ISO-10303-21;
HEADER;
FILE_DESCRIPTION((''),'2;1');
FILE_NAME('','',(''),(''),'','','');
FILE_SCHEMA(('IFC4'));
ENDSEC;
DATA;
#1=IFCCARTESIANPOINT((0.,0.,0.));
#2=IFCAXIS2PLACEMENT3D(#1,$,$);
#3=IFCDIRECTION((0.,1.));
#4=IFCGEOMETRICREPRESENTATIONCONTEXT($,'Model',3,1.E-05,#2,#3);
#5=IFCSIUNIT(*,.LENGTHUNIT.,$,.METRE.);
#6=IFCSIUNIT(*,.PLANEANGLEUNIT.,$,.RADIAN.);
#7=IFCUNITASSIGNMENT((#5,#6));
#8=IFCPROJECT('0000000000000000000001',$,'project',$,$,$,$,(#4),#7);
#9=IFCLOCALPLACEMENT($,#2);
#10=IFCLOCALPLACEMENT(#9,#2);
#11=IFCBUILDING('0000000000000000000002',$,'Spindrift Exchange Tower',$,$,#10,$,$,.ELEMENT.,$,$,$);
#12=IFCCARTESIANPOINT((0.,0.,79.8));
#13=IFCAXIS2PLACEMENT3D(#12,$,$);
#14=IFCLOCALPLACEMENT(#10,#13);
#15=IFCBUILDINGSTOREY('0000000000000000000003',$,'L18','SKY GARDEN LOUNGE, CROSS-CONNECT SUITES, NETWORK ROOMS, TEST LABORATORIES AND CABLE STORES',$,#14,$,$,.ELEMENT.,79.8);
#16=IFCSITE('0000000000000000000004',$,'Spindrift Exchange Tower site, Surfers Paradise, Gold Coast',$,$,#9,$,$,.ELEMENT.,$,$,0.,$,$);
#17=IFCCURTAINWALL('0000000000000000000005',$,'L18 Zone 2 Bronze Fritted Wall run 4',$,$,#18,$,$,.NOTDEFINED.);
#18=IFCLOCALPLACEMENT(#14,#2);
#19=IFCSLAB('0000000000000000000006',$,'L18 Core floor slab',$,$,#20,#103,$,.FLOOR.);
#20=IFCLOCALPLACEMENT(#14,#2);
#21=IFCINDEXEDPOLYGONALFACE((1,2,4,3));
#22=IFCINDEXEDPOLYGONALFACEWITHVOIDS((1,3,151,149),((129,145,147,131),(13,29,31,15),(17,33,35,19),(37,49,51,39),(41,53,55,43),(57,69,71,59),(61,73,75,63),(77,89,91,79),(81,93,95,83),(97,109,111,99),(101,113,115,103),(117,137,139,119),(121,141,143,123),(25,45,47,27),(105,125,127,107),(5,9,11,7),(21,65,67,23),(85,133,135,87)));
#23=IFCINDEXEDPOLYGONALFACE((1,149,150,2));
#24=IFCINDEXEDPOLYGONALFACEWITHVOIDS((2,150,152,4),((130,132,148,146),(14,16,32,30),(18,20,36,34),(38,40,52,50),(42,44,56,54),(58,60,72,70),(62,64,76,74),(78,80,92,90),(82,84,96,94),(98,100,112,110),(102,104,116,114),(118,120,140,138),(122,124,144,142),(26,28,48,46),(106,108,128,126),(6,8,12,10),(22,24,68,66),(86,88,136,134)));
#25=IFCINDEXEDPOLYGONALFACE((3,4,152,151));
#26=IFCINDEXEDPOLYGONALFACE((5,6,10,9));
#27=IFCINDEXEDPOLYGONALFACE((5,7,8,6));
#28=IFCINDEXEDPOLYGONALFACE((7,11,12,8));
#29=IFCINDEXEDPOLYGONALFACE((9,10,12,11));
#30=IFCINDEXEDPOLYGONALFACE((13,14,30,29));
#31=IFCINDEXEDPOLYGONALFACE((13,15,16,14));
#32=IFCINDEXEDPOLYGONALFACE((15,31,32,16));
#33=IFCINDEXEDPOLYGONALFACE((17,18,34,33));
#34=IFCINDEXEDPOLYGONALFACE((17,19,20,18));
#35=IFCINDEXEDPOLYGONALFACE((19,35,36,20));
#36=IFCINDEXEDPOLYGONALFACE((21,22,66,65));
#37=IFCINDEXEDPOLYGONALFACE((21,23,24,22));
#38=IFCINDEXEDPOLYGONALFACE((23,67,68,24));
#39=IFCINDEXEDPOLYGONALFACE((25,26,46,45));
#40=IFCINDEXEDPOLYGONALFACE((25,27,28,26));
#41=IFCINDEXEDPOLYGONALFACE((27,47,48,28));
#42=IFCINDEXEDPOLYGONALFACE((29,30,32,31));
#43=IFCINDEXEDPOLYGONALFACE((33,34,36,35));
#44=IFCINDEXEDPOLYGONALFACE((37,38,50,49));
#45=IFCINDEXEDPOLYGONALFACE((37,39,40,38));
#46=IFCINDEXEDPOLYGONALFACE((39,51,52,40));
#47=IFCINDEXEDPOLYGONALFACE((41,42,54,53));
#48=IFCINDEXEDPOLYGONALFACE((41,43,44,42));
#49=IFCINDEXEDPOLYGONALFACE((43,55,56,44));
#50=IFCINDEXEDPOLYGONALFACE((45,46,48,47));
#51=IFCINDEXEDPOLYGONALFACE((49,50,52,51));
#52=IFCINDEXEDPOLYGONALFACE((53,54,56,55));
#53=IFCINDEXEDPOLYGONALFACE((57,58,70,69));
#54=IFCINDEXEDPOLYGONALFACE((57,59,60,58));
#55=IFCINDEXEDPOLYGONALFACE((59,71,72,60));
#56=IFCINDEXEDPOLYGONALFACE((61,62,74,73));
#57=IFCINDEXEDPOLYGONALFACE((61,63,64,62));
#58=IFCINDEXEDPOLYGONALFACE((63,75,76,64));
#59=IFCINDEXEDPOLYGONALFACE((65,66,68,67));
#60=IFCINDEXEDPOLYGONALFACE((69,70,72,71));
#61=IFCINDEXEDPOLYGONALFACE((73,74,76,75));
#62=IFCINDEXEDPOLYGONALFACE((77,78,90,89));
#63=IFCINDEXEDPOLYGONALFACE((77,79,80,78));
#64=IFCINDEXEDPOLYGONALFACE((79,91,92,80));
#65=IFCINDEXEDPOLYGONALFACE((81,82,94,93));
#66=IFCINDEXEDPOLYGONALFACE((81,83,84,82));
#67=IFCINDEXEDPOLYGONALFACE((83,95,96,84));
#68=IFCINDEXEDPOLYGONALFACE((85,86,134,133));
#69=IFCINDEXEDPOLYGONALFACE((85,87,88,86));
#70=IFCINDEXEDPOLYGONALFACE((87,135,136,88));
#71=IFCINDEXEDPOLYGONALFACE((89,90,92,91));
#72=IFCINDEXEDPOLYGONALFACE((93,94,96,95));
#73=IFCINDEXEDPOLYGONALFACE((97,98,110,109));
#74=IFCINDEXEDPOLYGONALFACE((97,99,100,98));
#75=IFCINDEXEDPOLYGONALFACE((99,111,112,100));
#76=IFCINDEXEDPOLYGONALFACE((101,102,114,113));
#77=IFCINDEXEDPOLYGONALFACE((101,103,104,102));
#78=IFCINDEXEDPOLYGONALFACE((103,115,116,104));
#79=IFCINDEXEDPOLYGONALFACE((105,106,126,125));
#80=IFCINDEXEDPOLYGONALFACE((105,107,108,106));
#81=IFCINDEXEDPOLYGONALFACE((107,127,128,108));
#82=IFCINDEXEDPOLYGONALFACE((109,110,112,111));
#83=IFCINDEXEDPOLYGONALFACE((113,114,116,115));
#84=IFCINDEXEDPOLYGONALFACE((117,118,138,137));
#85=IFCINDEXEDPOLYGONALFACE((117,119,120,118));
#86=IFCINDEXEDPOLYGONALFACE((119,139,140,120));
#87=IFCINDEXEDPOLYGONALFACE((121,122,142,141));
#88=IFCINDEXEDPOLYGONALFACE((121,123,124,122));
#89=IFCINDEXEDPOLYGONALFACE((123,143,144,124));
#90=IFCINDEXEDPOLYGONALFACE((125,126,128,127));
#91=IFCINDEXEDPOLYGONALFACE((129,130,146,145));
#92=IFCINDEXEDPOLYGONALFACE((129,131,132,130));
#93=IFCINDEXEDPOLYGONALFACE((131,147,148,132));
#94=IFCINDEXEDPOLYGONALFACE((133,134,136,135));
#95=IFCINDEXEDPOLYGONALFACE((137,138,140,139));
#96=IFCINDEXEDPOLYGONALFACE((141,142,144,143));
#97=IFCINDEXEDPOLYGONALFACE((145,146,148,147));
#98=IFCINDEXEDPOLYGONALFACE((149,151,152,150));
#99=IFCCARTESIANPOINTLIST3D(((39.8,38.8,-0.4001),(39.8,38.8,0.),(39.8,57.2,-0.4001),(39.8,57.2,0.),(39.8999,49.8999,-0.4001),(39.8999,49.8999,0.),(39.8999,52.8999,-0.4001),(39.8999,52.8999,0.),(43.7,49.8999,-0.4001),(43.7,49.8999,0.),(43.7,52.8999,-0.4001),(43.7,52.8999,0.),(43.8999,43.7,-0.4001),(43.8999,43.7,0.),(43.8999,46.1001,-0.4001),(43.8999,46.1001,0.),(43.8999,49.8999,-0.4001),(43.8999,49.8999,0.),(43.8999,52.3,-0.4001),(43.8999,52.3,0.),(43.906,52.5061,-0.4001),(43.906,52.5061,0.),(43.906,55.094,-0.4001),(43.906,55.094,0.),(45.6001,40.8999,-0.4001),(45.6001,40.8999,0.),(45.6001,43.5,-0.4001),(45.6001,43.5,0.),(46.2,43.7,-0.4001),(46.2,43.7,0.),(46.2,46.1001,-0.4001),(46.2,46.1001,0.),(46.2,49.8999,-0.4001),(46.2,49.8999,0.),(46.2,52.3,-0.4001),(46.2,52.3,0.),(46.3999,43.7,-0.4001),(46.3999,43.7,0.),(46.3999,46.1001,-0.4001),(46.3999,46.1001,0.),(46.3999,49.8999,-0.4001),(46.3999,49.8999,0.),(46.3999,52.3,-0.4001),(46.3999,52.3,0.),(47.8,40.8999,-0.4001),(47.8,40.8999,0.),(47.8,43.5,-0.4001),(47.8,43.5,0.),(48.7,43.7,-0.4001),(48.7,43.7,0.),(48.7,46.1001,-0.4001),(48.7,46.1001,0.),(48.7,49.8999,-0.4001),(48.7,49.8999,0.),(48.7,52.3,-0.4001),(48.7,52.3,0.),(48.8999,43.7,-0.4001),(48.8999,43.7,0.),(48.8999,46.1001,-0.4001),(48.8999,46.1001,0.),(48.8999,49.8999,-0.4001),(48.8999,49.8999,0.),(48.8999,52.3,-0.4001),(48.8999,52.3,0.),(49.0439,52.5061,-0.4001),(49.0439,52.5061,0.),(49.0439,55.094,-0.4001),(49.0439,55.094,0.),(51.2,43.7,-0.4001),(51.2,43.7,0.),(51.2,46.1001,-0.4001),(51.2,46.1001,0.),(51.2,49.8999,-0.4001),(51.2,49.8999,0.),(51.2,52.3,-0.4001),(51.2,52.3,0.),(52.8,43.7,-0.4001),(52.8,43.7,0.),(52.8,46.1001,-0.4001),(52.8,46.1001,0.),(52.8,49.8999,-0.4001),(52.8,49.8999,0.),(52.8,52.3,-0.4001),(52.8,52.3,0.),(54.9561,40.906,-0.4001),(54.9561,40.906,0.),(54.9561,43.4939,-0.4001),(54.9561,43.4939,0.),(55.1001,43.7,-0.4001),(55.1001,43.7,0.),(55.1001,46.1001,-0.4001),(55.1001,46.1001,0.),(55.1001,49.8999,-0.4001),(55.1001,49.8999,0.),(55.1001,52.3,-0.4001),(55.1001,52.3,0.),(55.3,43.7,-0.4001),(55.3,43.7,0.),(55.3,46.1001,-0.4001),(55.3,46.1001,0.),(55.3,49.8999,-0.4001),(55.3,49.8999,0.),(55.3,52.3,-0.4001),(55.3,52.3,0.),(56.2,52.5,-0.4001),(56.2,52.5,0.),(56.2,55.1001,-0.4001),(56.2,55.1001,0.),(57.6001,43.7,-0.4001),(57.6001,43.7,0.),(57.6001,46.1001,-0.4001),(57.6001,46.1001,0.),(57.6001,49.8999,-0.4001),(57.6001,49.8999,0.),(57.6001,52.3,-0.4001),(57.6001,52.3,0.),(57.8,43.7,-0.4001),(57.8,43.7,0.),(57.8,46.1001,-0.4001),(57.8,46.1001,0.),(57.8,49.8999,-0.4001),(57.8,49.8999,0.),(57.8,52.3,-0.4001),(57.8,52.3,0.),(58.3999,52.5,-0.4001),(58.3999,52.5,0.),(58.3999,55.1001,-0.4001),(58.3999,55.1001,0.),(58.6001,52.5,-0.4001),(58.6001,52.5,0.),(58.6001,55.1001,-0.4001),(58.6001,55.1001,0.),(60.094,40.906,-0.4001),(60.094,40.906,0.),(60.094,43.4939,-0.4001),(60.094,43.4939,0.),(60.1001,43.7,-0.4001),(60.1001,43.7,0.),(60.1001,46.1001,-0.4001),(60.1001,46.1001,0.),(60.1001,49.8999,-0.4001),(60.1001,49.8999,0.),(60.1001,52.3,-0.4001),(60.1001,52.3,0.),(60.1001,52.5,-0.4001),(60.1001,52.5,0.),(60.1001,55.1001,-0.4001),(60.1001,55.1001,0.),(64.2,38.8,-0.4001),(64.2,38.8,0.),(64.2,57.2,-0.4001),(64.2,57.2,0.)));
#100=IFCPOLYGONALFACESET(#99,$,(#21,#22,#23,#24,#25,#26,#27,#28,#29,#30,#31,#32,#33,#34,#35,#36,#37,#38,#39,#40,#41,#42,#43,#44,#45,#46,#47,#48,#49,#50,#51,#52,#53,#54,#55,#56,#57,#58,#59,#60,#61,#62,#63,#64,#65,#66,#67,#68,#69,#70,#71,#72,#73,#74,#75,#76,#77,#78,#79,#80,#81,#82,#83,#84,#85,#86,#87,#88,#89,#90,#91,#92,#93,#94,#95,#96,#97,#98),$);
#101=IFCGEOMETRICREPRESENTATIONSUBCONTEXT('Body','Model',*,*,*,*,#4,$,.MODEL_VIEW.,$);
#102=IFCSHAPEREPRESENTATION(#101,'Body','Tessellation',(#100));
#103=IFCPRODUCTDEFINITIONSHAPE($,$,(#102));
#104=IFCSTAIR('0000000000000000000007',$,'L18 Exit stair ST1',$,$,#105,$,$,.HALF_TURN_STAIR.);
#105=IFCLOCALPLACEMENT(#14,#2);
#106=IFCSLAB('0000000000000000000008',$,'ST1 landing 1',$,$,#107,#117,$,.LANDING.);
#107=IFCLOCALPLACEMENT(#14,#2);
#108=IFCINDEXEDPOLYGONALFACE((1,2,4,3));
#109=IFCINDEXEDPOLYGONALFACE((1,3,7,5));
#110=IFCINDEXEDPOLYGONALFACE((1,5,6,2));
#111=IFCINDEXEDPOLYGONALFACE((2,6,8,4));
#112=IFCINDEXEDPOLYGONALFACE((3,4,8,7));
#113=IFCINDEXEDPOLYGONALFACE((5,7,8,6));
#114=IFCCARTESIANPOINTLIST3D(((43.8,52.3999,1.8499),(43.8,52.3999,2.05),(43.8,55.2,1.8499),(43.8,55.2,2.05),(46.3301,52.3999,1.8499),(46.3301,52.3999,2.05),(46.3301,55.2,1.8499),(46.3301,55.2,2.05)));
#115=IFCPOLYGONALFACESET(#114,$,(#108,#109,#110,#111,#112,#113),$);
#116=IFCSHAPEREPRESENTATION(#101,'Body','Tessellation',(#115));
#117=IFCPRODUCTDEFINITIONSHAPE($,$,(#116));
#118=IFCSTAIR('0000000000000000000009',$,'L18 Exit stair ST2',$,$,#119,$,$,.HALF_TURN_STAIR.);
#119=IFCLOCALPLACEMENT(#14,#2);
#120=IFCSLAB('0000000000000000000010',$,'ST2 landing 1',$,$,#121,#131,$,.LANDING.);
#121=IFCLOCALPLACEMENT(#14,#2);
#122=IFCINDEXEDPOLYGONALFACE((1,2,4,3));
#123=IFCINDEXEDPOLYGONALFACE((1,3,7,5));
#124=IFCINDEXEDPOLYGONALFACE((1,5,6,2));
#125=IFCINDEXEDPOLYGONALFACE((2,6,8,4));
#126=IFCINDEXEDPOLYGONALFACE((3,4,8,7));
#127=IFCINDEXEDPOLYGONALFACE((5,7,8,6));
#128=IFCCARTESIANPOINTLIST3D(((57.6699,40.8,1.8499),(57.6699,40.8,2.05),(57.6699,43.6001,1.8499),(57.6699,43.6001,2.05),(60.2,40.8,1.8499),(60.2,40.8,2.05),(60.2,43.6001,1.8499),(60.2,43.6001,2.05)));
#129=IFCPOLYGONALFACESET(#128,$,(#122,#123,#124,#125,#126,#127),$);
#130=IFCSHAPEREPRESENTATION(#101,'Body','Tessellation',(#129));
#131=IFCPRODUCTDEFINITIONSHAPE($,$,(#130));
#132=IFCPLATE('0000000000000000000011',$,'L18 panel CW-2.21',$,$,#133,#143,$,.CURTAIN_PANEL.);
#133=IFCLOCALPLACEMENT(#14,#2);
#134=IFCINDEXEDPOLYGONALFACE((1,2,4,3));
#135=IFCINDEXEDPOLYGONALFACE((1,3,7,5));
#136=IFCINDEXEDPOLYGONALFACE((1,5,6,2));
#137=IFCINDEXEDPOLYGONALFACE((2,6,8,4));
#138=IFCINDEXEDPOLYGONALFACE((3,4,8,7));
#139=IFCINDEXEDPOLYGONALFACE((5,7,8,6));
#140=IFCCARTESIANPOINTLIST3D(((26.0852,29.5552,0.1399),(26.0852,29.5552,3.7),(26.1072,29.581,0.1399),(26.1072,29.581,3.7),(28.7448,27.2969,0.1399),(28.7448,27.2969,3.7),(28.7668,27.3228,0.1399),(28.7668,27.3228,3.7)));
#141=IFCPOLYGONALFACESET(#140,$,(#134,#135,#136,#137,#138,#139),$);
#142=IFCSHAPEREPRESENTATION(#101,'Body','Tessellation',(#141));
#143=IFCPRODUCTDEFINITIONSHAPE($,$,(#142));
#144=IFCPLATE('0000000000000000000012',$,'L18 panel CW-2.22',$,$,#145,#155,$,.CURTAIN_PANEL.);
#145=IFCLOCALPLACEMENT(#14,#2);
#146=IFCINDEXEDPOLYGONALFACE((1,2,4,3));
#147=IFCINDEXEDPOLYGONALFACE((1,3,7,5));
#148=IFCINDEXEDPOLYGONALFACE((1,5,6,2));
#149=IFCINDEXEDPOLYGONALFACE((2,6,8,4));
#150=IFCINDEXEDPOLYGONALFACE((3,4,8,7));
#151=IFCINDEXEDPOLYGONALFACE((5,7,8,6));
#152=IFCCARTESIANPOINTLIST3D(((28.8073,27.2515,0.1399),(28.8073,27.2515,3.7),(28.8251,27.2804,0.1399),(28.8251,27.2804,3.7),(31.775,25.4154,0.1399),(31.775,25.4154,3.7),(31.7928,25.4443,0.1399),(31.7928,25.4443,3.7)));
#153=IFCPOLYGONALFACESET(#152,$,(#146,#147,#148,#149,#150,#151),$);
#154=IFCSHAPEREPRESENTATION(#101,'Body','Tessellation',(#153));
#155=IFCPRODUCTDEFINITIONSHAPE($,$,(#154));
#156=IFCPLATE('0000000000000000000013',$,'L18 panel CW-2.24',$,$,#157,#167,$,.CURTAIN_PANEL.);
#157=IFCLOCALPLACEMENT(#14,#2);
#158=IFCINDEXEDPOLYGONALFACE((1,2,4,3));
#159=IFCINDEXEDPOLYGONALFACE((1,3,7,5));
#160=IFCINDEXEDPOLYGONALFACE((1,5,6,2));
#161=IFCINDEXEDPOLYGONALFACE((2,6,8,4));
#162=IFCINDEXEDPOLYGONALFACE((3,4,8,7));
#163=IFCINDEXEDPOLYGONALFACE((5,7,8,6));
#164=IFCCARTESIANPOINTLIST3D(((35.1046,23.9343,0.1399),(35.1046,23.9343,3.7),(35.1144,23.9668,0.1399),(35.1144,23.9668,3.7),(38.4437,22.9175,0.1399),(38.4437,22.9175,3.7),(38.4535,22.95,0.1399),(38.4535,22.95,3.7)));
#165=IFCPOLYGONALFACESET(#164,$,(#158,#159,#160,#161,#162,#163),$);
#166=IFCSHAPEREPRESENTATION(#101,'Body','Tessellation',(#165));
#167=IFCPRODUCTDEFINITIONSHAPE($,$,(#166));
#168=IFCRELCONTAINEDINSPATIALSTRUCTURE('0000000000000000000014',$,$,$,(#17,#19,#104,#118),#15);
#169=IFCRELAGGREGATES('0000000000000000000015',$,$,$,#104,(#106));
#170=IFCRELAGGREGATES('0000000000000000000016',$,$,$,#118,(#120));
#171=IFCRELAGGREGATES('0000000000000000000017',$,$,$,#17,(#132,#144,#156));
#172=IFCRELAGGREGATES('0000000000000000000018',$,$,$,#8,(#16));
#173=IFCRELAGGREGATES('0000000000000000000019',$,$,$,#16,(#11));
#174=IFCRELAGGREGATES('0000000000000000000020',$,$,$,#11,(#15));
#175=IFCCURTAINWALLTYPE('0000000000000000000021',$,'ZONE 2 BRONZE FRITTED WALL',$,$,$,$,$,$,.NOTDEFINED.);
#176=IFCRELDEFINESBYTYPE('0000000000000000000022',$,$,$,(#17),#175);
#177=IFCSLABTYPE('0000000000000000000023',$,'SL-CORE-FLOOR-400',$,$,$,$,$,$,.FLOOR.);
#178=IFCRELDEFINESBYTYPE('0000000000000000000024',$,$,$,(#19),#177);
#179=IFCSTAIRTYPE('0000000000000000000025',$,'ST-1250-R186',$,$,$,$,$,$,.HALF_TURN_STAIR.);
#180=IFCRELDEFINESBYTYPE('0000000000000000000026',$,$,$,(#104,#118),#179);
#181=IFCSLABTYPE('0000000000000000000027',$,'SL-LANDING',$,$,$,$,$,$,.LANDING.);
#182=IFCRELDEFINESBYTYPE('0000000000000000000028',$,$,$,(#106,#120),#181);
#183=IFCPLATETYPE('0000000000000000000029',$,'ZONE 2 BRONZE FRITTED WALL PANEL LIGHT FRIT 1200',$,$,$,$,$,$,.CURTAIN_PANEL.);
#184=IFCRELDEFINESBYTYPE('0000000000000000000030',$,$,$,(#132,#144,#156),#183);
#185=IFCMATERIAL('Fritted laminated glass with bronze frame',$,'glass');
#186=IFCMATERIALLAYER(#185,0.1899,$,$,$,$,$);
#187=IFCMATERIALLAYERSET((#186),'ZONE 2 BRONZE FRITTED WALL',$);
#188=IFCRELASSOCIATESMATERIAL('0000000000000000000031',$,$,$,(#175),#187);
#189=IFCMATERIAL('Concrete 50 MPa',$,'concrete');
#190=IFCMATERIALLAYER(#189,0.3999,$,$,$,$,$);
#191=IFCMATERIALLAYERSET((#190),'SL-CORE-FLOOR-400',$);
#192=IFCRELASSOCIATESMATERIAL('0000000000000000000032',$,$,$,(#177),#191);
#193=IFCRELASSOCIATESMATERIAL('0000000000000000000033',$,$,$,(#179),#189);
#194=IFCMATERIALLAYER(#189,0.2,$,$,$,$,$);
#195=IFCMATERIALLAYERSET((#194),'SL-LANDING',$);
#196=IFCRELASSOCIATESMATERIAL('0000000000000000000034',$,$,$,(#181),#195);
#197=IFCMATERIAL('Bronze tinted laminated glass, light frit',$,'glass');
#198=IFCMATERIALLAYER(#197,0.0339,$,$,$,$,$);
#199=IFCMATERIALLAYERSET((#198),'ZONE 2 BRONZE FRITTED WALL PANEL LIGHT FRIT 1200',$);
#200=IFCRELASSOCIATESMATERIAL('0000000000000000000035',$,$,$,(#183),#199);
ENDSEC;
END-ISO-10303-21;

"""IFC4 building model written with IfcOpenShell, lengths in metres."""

from ifc_helpers import new_model, si_unit, direction, frame, origin, origin_2d, place, context, subcontext, project, spatial, line, indexed_curve, rectangle, outline, extrude, source, transform, mapped, material, layer, layer_set, type_object, element, aggregate, save


model = new_model("IFC4")

# Units and contexts
model_context = context("Model", 3, precision=1e-05, world=origin(), true_north=direction((0.0, 1.0)))
body_context = subcontext(model_context, "Body", "Model", "MODEL_VIEW")
ifc_project = project(units=[si_unit("LENGTHUNIT", "METRE"), si_unit("PLANEANGLEUNIT", "RADIAN")], contexts=[model_context])

# Site, building, storey
site_placement = place(None, origin())
site = spatial("IfcSite", under=ifc_project, at=site_placement, Name="Spindrift Exchange Tower site, Surfers Paradise, Gold Coast", CompositionType="ELEMENT", RefElevation=0.0)
building_placement = place(site_placement, origin())
building = spatial("IfcBuilding", under=site, at=building_placement, Name="Spindrift Exchange Tower", CompositionType="ELEMENT")
storey_placement = place(building_placement, frame((0.0, 0.0, 79.8)))
storey = spatial("IfcBuildingStorey", under=building, at=storey_placement, Name="L18", Description="SKY GARDEN LOUNGE, CROSS-CONNECT SUITES, NETWORK ROOMS, TEST LABORATORIES AND CABLE STORES", CompositionType="ELEMENT", Elevation=79.8)

# Curtain wall
ifc_material_1 = material(Name="Fritted laminated glass with bronze frame", Category="glass")
ifc_layer_1 = layer(ifc_material_1, 0.1899)
ifc_layer_set_1 = layer_set([ifc_layer_1], Name="ZONE 2 BRONZE FRITTED WALL")
curtain_wall_type = type_object("IfcCurtainWallType", Name="ZONE 2 BRONZE FRITTED WALL", PredefinedType="NOTDEFINED", material=ifc_layer_set_1)
curtain_wall_1_placement = place(storey_placement, origin())
curtain_wall_1 = element("IfcCurtainWall", 1, at=curtain_wall_1_placement, inside=storey, type_object=curtain_wall_type, Name="L18 Zone 2 Bronze Fritted Wall run 4", PredefinedType="NOTDEFINED")

# Slab
ifc_material_2 = material(Name="Concrete 50 MPa", Category="concrete")
ifc_layer_2 = layer(ifc_material_2, 0.3999)
ifc_layer_set_2 = layer_set([ifc_layer_2], Name="SL-CORE-FLOOR-400")
slab_type_1 = type_object("IfcSlabType", Name="SL-CORE-FLOOR-400", PredefinedType="FLOOR", material=ifc_layer_set_2)
slab_1_placement = place(storey_placement, frame((0.0, 0.0, -0.4001)))
element("IfcSlab", 2, at=slab_1_placement, inside=storey, type_object=slab_type_1, Name="L18 Core floor slab", PredefinedType="FLOOR", context=body_context, shape_type="SweptSolid", body=[
    extrude(outline(indexed_curve([(39.8, 38.8), (39.8, 57.2), (64.2, 57.2), (64.2, 38.8)], segments=[line(1, 2, 3, 4, 1)], self_intersect=False), holes=[indexed_curve([(47.8, 43.5), (45.6001, 43.5), (45.6001, 40.8999), (47.8, 40.8999)], segments=[line(1, 2, 3, 4, 1)], self_intersect=False), indexed_curve([(46.2, 46.1001), (43.8999, 46.1001), (43.8999, 43.7), (46.2, 43.7)], segments=[line(1, 2, 3, 4, 1)], self_intersect=False), indexed_curve([(48.7, 46.1001), (46.3999, 46.1001), (46.3999, 43.7), (48.7, 43.7)], segments=[line(1, 2, 3, 4, 1)], self_intersect=False), indexed_curve([(51.2, 46.1001), (48.8999, 46.1001), (48.8999, 43.7), (51.2, 43.7)], segments=[line(1, 2, 3, 4, 1)], self_intersect=False), indexed_curve([(46.2, 52.3), (43.8999, 52.3), (43.8999, 49.8999), (46.2, 49.8999)], segments=[line(1, 2, 3, 4, 1)], self_intersect=False), indexed_curve([(48.7, 52.3), (46.3999, 52.3), (46.3999, 49.8999), (48.7, 49.8999)], segments=[line(1, 2, 3, 4, 1)], self_intersect=False), indexed_curve([(51.2, 52.3), (48.8999, 52.3), (48.8999, 49.8999), (51.2, 49.8999)], segments=[line(1, 2, 3, 4, 1)], self_intersect=False), indexed_curve([(43.7, 49.8999), (43.7, 52.8999), (39.8999, 52.8999), (39.8999, 49.8999)], segments=[line(1, 2, 3, 4, 1)], self_intersect=False), indexed_curve([(49.0439, 55.094), (43.906, 55.094), (43.906, 52.5061), (49.0439, 52.5061)], segments=[line(1, 2, 3, 4, 1)], self_intersect=False), indexed_curve([(60.094, 40.906), (60.094, 43.4939), (54.9561, 43.4939), (54.9561, 40.906)], segments=[line(1, 2, 3, 4, 1)], self_intersect=False), indexed_curve([(55.1001, 46.1001), (52.8, 46.1001), (52.8, 43.7), (55.1001, 43.7)], segments=[line(1, 2, 3, 4, 1)], self_intersect=False), indexed_curve([(57.6001, 46.1001), (55.3, 46.1001), (55.3, 43.7), (57.6001, 43.7)], segments=[line(1, 2, 3, 4, 1)], self_intersect=False), indexed_curve([(60.1001, 46.1001), (57.8, 46.1001), (57.8, 43.7), (60.1001, 43.7)], segments=[line(1, 2, 3, 4, 1)], self_intersect=False), indexed_curve([(55.1001, 52.3), (52.8, 52.3), (52.8, 49.8999), (55.1001, 49.8999)], segments=[line(1, 2, 3, 4, 1)], self_intersect=False), indexed_curve([(57.6001, 52.3), (55.3, 52.3), (55.3, 49.8999), (57.6001, 49.8999)], segments=[line(1, 2, 3, 4, 1)], self_intersect=False), indexed_curve([(60.1001, 52.3), (57.8, 52.3), (57.8, 49.8999), (60.1001, 49.8999)], segments=[line(1, 2, 3, 4, 1)], self_intersect=False), indexed_curve([(58.3999, 52.5), (58.3999, 55.1001), (56.2, 55.1001), (56.2, 52.5)], segments=[line(1, 2, 3, 4, 1)], self_intersect=False), indexed_curve([(60.1001, 52.5), (60.1001, 55.1001), (58.6001, 55.1001), (58.6001, 52.5)], segments=[line(1, 2, 3, 4, 1)], self_intersect=False)]), origin(), (0.0, 0.0, 1.0), 0.4001),
])

# Stairs, slabs
stair_type = type_object("IfcStairType", Name="ST-1250-R186", PredefinedType="HALF_TURN_STAIR", material=ifc_material_2)
stair_1_placement = place(storey_placement, origin())
stair_1 = element("IfcStair", 3, at=stair_1_placement, inside=storey, type_object=stair_type, Name="L18 Exit stair ST1", PredefinedType="HALF_TURN_STAIR")
ifc_layer_3 = layer(ifc_material_2, 0.2)
ifc_layer_set_3 = layer_set([ifc_layer_3], Name="SL-LANDING")
slab_type_2 = type_object("IfcSlabType", Name="SL-LANDING", PredefinedType="LANDING", material=ifc_layer_set_3)
slab_2_placement = place(storey_placement, frame((0.0, 0.0, 1.8499)))
slab_2 = element("IfcSlab", 4, at=slab_2_placement, type_object=slab_type_2, Name="ST1 landing 1", PredefinedType="LANDING", context=body_context, shape_type="SweptSolid", body=[
    extrude(outline(indexed_curve([(46.3301, 52.3999), (43.8, 52.3999), (43.8, 55.2), (46.3301, 55.2)], segments=[line(1, 2, 3, 4, 1)], self_intersect=False)), origin(), (0.0, 0.0, 1.0), 0.2002),
])
aggregate(stair_1, [slab_2])
stair_2_placement = place(storey_placement, origin())
stair_2 = element("IfcStair", 5, at=stair_2_placement, inside=storey, type_object=stair_type, Name="L18 Exit stair ST2", PredefinedType="HALF_TURN_STAIR")
slab_3_placement = place(storey_placement, frame((0.0, 0.0, 1.8499)))
slab_3 = element("IfcSlab", 6, at=slab_3_placement, type_object=slab_type_2, Name="ST2 landing 1", PredefinedType="LANDING", context=body_context, shape_type="SweptSolid", body=[
    extrude(outline(indexed_curve([(57.6699, 43.6001), (60.2, 43.6001), (60.2, 40.8), (57.6699, 40.8)], segments=[line(1, 2, 3, 4, 1)], self_intersect=False)), origin(), (0.0, 0.0, 1.0), 0.2002),
])
aggregate(stair_2, [slab_3])

# Plates
ifc_material_3 = material(Name="Bronze tinted laminated glass, light frit", Category="glass")
ifc_layer_4 = layer(ifc_material_3, 0.0339)
ifc_layer_set_4 = layer_set([ifc_layer_4], Name="ZONE 2 BRONZE FRITTED WALL PANEL LIGHT FRIT 1200")
plate_type = type_object("IfcPlateType", Name="ZONE 2 BRONZE FRITTED WALL PANEL LIGHT FRIT 1200", PredefinedType="CURTAIN_PANEL", material=ifc_layer_set_4)
shared_shape_1 = source(origin(), body_context, "Body", "SweptSolid", [
    extrude(rectangle(XDim=3.489, YDim=0.0339, at=origin_2d()), origin(), (0.0, 0.0, 1.0), 3.5601),
])
plate_1_placement = place(storey_placement, frame((27.426, 28.439, 0.1399), z_axis=(0.0, 0.0, 1.0), x_axis=(0.762282, -0.647245, 0.0)))
plate_1 = element("IfcPlate", 7, at=plate_1_placement, type_object=plate_type, Name="L18 panel CW-2.21", PredefinedType="CURTAIN_PANEL", context=body_context, shape_type="MappedRepresentation", body=[
    mapped(shared_shape_1, transform((0.0, 0.0, 0.0), scale=1.0)),
])
shared_shape_2 = source(origin(), body_context, "Body", "SweptSolid", [
    extrude(rectangle(XDim=3.4897, YDim=0.0339, at=origin_2d()), origin(), (0.0, 0.0, 1.0), 3.5601),
])
plate_2_placement = place(storey_placement, frame((30.3, 26.3479, 0.1399), z_axis=(0.0, 0.0, 1.0), x_axis=(0.850401, -0.526135, 0.0)))
plate_2 = element("IfcPlate", 8, at=plate_2_placement, type_object=plate_type, Name="L18 panel CW-2.22", PredefinedType="CURTAIN_PANEL", context=body_context, shape_type="MappedRepresentation", body=[
    mapped(shared_shape_2, transform((0.0, 0.0, 0.0), scale=1.0)),
])
shared_shape_3 = source(origin(), body_context, "Body", "SweptSolid", [
    extrude(rectangle(XDim=3.4905, YDim=0.0339, at=origin_2d()), origin(), (0.0, 0.0, 1.0), 3.5601),
])
plate_3_placement = place(storey_placement, frame((36.7791, 23.4421, 0.1399), z_axis=(0.0, 0.0, 1.0), x_axis=(0.956629, -0.291308, 0.0)))
plate_3 = element("IfcPlate", 9, at=plate_3_placement, type_object=plate_type, Name="L18 panel CW-2.24", PredefinedType="CURTAIN_PANEL", context=body_context, shape_type="MappedRepresentation", body=[
    mapped(shared_shape_3, transform((0.0, 0.0, 0.0), scale=1.0)),
])
aggregate(curtain_wall_1, [plate_1, plate_2, plate_3])

save(model, "model.ifc")
